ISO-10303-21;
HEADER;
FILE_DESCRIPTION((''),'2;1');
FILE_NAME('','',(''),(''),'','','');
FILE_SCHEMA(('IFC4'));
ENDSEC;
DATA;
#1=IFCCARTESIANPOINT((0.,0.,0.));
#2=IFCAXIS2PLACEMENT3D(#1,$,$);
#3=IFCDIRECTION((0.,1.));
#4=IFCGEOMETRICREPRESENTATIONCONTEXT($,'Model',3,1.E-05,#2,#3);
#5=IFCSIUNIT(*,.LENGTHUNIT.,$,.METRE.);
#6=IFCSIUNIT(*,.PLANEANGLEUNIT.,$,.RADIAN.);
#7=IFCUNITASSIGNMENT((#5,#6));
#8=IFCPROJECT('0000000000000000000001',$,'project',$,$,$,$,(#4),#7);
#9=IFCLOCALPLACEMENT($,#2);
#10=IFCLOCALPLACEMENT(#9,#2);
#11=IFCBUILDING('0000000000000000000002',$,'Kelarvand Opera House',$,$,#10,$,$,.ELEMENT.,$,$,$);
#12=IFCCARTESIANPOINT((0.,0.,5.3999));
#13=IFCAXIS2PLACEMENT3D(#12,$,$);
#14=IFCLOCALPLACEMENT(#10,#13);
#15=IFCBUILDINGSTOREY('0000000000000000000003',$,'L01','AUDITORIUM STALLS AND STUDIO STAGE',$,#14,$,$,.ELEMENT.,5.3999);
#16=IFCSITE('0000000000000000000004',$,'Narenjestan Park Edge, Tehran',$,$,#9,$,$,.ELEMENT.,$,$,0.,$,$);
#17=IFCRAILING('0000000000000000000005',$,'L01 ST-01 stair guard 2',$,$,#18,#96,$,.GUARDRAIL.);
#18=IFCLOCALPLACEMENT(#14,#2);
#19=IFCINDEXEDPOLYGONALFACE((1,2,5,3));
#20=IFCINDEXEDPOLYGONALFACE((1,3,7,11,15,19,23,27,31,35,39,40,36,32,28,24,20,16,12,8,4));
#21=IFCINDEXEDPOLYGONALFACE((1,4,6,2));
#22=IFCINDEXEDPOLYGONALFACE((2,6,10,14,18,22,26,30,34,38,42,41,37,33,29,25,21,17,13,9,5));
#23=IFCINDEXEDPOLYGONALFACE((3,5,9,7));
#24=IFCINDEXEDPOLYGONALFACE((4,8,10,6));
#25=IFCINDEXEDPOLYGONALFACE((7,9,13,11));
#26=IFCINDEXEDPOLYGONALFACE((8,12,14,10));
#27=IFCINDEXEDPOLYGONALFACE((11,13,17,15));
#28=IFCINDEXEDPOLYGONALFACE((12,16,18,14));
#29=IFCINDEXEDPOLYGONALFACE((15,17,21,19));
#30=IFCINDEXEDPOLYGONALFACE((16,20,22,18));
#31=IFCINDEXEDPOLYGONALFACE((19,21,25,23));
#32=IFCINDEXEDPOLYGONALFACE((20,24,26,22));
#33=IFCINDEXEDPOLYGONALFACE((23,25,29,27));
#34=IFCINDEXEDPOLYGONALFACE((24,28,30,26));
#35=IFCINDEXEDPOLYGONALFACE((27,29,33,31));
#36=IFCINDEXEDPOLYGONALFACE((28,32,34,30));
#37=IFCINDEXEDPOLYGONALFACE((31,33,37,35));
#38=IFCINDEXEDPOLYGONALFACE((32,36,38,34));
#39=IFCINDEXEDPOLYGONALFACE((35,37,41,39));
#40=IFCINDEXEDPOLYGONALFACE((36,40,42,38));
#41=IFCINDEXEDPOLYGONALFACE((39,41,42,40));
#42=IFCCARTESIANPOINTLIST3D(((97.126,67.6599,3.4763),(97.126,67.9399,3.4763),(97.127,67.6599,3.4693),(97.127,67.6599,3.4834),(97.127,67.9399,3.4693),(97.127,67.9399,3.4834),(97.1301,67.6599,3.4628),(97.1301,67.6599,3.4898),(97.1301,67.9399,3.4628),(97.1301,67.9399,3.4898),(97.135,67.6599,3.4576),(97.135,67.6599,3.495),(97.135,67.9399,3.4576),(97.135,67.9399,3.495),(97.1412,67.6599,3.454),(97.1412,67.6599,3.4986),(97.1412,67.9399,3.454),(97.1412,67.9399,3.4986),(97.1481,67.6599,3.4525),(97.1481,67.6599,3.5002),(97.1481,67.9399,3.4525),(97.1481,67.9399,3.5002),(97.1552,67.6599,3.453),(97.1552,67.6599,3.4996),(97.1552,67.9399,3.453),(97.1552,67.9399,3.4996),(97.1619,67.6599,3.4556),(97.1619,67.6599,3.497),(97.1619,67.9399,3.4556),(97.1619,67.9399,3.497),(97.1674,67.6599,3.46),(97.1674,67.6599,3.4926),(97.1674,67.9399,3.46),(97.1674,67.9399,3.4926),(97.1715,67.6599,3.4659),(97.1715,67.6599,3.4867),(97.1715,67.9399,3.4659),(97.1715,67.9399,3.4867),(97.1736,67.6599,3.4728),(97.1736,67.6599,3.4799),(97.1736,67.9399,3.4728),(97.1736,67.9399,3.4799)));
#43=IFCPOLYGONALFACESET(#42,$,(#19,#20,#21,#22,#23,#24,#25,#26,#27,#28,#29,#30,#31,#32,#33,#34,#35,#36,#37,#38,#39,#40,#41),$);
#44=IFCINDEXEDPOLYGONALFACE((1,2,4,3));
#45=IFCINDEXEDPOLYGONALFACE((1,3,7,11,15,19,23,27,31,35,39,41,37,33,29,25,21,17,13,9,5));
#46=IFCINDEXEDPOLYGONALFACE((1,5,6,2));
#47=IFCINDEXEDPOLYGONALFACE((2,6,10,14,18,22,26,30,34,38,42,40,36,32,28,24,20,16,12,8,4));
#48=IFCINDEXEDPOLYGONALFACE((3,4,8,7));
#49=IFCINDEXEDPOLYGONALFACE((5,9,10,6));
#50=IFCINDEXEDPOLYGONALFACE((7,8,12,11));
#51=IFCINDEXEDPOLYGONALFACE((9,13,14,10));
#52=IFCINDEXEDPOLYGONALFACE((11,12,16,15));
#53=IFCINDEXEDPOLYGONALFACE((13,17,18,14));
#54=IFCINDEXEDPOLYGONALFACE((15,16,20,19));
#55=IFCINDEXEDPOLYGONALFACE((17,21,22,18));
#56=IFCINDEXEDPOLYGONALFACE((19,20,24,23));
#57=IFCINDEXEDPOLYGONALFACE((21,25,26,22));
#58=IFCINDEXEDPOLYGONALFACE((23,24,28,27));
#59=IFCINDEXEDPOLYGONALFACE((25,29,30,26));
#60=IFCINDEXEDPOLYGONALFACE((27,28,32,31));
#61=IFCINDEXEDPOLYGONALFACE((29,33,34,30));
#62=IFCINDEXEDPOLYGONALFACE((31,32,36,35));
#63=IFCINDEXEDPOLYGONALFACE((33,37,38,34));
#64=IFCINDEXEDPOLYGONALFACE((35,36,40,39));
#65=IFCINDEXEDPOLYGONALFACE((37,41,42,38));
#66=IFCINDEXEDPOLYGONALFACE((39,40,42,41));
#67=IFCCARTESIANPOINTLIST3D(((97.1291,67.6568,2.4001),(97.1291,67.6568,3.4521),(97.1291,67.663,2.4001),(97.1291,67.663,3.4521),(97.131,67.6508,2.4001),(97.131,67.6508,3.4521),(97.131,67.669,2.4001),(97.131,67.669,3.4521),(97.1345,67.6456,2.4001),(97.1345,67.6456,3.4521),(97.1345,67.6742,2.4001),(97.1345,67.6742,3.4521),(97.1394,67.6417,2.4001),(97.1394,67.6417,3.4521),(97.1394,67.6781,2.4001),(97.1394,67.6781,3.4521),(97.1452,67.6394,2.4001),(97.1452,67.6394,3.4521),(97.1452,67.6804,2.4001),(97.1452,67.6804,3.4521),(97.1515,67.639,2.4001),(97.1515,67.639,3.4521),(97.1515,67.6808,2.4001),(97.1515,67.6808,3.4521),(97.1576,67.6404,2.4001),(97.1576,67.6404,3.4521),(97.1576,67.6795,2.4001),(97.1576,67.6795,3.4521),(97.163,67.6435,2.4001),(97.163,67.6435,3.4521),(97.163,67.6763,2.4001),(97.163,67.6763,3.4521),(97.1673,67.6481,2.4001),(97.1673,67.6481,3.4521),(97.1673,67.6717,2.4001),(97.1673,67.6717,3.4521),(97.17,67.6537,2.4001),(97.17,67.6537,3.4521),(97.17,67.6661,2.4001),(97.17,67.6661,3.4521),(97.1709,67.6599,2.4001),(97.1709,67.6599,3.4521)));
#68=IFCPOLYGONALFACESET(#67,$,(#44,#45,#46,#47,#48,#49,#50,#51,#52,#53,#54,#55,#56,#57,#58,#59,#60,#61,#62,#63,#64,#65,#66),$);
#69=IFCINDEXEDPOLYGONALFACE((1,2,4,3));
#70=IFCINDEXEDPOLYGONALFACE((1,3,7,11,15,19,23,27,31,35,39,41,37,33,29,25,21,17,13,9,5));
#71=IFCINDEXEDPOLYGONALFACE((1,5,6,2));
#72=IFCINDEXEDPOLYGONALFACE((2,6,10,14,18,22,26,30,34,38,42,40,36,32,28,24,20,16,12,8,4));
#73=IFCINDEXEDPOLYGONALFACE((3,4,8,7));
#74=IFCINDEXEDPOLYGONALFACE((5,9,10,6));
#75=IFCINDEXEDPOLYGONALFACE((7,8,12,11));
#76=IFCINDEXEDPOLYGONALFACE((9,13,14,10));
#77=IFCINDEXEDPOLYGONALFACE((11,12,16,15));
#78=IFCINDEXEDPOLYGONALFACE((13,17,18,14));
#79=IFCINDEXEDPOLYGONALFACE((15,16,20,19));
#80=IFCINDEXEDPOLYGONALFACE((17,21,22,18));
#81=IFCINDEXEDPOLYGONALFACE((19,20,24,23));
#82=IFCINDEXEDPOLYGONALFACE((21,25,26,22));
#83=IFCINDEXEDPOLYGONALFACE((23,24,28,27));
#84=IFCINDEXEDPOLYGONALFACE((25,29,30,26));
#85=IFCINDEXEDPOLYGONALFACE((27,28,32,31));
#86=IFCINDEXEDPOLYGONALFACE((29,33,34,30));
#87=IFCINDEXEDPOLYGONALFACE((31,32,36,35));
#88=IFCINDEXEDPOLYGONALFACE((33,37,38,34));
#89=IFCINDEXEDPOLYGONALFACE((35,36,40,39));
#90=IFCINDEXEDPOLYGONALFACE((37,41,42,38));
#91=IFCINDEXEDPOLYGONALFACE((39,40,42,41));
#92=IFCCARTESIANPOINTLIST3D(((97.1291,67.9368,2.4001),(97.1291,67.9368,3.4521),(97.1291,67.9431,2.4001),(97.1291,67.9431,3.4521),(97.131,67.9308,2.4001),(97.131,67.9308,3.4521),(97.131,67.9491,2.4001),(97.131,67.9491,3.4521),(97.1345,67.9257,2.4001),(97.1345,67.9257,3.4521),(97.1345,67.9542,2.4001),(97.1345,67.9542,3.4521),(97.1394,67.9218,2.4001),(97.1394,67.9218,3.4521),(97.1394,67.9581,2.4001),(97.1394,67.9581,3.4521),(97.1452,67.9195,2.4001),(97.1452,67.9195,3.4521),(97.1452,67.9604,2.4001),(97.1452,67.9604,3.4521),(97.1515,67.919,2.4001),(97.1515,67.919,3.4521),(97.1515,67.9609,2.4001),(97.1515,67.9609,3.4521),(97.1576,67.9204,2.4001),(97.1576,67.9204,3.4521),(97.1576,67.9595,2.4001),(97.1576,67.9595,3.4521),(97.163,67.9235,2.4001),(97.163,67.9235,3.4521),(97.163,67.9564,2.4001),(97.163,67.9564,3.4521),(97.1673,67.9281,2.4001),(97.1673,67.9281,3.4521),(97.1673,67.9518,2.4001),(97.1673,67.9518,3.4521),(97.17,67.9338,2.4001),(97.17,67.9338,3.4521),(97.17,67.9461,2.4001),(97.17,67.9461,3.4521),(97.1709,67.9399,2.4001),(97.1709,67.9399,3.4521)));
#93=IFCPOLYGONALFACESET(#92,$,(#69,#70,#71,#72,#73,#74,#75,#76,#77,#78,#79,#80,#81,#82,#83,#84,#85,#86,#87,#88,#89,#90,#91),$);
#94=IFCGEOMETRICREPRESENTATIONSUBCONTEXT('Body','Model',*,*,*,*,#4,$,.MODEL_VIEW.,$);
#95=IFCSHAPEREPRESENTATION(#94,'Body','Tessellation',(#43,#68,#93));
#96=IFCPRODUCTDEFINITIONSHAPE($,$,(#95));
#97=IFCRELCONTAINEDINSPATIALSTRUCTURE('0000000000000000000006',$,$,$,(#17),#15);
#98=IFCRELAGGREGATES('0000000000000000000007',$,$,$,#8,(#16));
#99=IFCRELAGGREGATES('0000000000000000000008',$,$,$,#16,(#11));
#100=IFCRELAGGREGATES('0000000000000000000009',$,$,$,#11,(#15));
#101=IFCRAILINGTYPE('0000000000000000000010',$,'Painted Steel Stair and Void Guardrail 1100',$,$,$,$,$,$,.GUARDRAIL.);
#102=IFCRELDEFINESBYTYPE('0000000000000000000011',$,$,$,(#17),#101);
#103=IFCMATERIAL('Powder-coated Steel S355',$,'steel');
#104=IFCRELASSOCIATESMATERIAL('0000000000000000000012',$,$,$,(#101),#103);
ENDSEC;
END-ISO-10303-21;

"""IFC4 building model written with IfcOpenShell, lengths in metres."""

from ifc_helpers import new_model, si_unit, direction, frame, origin, origin_2d, place, context, subcontext, project, spatial, circle, extrude, material, type_object, element, save


model = new_model("IFC4")

# Units and contexts
model_context = context("Model", 3, precision=1e-05, world=origin(), true_north=direction((0.0, 1.0)))
body_context = subcontext(model_context, "Body", "Model", "MODEL_VIEW")
ifc_project = project(units=[si_unit("LENGTHUNIT", "METRE"), si_unit("PLANEANGLEUNIT", "RADIAN")], contexts=[model_context])

# Site, building, storey
site_placement = place(None, origin())
site = spatial("IfcSite", under=ifc_project, at=site_placement, Name="Narenjestan Park Edge, Tehran", CompositionType="ELEMENT", RefElevation=0.0)
building_placement = place(site_placement, origin())
building = spatial("IfcBuilding", under=site, at=building_placement, Name="Kelarvand Opera House", CompositionType="ELEMENT")
storey_placement = place(building_placement, frame((0.0, 0.0, 5.3999)))
storey = spatial("IfcBuildingStorey", under=building, at=storey_placement, Name="L01", Description="AUDITORIUM STALLS AND STUDIO STAGE", CompositionType="ELEMENT", Elevation=5.3999)

# Railing
ifc_material_1 = material(Name="Powder-coated Steel S355", Category="steel")
railing_type = type_object("IfcRailingType", Name="Painted Steel Stair and Void Guardrail 1100", PredefinedType="GUARDRAIL", material=ifc_material_1)
railing_1_placement = place(storey_placement, frame((97.1499, 67.6599, 2.4001)))
element("IfcRailing", 1, at=railing_1_placement, inside=storey, type_object=railing_type, Name="L01 ST-01 stair guard 2", PredefinedType="GUARDRAIL", context=body_context, shape_type="SweptSolid", body=[
    extrude(circle(Radius=0.0239, at=origin_2d()), frame((0.0, 0.0, 1.0762), z_axis=(0.0, 1.0, 0.0), x_axis=(-1.0, 0.0, 0.0)), (0.0, 0.0, 1.0), 0.28),
    extrude(circle(Radius=0.021, at=origin_2d()), origin(), (0.0, 0.0, 1.0), 1.052),
    extrude(circle(Radius=0.021, at=origin_2d()), frame((0.0, 0.28, 0.0)), (0.0, 0.0, 1.0), 1.052),
])

save(model, "model.ifc")
